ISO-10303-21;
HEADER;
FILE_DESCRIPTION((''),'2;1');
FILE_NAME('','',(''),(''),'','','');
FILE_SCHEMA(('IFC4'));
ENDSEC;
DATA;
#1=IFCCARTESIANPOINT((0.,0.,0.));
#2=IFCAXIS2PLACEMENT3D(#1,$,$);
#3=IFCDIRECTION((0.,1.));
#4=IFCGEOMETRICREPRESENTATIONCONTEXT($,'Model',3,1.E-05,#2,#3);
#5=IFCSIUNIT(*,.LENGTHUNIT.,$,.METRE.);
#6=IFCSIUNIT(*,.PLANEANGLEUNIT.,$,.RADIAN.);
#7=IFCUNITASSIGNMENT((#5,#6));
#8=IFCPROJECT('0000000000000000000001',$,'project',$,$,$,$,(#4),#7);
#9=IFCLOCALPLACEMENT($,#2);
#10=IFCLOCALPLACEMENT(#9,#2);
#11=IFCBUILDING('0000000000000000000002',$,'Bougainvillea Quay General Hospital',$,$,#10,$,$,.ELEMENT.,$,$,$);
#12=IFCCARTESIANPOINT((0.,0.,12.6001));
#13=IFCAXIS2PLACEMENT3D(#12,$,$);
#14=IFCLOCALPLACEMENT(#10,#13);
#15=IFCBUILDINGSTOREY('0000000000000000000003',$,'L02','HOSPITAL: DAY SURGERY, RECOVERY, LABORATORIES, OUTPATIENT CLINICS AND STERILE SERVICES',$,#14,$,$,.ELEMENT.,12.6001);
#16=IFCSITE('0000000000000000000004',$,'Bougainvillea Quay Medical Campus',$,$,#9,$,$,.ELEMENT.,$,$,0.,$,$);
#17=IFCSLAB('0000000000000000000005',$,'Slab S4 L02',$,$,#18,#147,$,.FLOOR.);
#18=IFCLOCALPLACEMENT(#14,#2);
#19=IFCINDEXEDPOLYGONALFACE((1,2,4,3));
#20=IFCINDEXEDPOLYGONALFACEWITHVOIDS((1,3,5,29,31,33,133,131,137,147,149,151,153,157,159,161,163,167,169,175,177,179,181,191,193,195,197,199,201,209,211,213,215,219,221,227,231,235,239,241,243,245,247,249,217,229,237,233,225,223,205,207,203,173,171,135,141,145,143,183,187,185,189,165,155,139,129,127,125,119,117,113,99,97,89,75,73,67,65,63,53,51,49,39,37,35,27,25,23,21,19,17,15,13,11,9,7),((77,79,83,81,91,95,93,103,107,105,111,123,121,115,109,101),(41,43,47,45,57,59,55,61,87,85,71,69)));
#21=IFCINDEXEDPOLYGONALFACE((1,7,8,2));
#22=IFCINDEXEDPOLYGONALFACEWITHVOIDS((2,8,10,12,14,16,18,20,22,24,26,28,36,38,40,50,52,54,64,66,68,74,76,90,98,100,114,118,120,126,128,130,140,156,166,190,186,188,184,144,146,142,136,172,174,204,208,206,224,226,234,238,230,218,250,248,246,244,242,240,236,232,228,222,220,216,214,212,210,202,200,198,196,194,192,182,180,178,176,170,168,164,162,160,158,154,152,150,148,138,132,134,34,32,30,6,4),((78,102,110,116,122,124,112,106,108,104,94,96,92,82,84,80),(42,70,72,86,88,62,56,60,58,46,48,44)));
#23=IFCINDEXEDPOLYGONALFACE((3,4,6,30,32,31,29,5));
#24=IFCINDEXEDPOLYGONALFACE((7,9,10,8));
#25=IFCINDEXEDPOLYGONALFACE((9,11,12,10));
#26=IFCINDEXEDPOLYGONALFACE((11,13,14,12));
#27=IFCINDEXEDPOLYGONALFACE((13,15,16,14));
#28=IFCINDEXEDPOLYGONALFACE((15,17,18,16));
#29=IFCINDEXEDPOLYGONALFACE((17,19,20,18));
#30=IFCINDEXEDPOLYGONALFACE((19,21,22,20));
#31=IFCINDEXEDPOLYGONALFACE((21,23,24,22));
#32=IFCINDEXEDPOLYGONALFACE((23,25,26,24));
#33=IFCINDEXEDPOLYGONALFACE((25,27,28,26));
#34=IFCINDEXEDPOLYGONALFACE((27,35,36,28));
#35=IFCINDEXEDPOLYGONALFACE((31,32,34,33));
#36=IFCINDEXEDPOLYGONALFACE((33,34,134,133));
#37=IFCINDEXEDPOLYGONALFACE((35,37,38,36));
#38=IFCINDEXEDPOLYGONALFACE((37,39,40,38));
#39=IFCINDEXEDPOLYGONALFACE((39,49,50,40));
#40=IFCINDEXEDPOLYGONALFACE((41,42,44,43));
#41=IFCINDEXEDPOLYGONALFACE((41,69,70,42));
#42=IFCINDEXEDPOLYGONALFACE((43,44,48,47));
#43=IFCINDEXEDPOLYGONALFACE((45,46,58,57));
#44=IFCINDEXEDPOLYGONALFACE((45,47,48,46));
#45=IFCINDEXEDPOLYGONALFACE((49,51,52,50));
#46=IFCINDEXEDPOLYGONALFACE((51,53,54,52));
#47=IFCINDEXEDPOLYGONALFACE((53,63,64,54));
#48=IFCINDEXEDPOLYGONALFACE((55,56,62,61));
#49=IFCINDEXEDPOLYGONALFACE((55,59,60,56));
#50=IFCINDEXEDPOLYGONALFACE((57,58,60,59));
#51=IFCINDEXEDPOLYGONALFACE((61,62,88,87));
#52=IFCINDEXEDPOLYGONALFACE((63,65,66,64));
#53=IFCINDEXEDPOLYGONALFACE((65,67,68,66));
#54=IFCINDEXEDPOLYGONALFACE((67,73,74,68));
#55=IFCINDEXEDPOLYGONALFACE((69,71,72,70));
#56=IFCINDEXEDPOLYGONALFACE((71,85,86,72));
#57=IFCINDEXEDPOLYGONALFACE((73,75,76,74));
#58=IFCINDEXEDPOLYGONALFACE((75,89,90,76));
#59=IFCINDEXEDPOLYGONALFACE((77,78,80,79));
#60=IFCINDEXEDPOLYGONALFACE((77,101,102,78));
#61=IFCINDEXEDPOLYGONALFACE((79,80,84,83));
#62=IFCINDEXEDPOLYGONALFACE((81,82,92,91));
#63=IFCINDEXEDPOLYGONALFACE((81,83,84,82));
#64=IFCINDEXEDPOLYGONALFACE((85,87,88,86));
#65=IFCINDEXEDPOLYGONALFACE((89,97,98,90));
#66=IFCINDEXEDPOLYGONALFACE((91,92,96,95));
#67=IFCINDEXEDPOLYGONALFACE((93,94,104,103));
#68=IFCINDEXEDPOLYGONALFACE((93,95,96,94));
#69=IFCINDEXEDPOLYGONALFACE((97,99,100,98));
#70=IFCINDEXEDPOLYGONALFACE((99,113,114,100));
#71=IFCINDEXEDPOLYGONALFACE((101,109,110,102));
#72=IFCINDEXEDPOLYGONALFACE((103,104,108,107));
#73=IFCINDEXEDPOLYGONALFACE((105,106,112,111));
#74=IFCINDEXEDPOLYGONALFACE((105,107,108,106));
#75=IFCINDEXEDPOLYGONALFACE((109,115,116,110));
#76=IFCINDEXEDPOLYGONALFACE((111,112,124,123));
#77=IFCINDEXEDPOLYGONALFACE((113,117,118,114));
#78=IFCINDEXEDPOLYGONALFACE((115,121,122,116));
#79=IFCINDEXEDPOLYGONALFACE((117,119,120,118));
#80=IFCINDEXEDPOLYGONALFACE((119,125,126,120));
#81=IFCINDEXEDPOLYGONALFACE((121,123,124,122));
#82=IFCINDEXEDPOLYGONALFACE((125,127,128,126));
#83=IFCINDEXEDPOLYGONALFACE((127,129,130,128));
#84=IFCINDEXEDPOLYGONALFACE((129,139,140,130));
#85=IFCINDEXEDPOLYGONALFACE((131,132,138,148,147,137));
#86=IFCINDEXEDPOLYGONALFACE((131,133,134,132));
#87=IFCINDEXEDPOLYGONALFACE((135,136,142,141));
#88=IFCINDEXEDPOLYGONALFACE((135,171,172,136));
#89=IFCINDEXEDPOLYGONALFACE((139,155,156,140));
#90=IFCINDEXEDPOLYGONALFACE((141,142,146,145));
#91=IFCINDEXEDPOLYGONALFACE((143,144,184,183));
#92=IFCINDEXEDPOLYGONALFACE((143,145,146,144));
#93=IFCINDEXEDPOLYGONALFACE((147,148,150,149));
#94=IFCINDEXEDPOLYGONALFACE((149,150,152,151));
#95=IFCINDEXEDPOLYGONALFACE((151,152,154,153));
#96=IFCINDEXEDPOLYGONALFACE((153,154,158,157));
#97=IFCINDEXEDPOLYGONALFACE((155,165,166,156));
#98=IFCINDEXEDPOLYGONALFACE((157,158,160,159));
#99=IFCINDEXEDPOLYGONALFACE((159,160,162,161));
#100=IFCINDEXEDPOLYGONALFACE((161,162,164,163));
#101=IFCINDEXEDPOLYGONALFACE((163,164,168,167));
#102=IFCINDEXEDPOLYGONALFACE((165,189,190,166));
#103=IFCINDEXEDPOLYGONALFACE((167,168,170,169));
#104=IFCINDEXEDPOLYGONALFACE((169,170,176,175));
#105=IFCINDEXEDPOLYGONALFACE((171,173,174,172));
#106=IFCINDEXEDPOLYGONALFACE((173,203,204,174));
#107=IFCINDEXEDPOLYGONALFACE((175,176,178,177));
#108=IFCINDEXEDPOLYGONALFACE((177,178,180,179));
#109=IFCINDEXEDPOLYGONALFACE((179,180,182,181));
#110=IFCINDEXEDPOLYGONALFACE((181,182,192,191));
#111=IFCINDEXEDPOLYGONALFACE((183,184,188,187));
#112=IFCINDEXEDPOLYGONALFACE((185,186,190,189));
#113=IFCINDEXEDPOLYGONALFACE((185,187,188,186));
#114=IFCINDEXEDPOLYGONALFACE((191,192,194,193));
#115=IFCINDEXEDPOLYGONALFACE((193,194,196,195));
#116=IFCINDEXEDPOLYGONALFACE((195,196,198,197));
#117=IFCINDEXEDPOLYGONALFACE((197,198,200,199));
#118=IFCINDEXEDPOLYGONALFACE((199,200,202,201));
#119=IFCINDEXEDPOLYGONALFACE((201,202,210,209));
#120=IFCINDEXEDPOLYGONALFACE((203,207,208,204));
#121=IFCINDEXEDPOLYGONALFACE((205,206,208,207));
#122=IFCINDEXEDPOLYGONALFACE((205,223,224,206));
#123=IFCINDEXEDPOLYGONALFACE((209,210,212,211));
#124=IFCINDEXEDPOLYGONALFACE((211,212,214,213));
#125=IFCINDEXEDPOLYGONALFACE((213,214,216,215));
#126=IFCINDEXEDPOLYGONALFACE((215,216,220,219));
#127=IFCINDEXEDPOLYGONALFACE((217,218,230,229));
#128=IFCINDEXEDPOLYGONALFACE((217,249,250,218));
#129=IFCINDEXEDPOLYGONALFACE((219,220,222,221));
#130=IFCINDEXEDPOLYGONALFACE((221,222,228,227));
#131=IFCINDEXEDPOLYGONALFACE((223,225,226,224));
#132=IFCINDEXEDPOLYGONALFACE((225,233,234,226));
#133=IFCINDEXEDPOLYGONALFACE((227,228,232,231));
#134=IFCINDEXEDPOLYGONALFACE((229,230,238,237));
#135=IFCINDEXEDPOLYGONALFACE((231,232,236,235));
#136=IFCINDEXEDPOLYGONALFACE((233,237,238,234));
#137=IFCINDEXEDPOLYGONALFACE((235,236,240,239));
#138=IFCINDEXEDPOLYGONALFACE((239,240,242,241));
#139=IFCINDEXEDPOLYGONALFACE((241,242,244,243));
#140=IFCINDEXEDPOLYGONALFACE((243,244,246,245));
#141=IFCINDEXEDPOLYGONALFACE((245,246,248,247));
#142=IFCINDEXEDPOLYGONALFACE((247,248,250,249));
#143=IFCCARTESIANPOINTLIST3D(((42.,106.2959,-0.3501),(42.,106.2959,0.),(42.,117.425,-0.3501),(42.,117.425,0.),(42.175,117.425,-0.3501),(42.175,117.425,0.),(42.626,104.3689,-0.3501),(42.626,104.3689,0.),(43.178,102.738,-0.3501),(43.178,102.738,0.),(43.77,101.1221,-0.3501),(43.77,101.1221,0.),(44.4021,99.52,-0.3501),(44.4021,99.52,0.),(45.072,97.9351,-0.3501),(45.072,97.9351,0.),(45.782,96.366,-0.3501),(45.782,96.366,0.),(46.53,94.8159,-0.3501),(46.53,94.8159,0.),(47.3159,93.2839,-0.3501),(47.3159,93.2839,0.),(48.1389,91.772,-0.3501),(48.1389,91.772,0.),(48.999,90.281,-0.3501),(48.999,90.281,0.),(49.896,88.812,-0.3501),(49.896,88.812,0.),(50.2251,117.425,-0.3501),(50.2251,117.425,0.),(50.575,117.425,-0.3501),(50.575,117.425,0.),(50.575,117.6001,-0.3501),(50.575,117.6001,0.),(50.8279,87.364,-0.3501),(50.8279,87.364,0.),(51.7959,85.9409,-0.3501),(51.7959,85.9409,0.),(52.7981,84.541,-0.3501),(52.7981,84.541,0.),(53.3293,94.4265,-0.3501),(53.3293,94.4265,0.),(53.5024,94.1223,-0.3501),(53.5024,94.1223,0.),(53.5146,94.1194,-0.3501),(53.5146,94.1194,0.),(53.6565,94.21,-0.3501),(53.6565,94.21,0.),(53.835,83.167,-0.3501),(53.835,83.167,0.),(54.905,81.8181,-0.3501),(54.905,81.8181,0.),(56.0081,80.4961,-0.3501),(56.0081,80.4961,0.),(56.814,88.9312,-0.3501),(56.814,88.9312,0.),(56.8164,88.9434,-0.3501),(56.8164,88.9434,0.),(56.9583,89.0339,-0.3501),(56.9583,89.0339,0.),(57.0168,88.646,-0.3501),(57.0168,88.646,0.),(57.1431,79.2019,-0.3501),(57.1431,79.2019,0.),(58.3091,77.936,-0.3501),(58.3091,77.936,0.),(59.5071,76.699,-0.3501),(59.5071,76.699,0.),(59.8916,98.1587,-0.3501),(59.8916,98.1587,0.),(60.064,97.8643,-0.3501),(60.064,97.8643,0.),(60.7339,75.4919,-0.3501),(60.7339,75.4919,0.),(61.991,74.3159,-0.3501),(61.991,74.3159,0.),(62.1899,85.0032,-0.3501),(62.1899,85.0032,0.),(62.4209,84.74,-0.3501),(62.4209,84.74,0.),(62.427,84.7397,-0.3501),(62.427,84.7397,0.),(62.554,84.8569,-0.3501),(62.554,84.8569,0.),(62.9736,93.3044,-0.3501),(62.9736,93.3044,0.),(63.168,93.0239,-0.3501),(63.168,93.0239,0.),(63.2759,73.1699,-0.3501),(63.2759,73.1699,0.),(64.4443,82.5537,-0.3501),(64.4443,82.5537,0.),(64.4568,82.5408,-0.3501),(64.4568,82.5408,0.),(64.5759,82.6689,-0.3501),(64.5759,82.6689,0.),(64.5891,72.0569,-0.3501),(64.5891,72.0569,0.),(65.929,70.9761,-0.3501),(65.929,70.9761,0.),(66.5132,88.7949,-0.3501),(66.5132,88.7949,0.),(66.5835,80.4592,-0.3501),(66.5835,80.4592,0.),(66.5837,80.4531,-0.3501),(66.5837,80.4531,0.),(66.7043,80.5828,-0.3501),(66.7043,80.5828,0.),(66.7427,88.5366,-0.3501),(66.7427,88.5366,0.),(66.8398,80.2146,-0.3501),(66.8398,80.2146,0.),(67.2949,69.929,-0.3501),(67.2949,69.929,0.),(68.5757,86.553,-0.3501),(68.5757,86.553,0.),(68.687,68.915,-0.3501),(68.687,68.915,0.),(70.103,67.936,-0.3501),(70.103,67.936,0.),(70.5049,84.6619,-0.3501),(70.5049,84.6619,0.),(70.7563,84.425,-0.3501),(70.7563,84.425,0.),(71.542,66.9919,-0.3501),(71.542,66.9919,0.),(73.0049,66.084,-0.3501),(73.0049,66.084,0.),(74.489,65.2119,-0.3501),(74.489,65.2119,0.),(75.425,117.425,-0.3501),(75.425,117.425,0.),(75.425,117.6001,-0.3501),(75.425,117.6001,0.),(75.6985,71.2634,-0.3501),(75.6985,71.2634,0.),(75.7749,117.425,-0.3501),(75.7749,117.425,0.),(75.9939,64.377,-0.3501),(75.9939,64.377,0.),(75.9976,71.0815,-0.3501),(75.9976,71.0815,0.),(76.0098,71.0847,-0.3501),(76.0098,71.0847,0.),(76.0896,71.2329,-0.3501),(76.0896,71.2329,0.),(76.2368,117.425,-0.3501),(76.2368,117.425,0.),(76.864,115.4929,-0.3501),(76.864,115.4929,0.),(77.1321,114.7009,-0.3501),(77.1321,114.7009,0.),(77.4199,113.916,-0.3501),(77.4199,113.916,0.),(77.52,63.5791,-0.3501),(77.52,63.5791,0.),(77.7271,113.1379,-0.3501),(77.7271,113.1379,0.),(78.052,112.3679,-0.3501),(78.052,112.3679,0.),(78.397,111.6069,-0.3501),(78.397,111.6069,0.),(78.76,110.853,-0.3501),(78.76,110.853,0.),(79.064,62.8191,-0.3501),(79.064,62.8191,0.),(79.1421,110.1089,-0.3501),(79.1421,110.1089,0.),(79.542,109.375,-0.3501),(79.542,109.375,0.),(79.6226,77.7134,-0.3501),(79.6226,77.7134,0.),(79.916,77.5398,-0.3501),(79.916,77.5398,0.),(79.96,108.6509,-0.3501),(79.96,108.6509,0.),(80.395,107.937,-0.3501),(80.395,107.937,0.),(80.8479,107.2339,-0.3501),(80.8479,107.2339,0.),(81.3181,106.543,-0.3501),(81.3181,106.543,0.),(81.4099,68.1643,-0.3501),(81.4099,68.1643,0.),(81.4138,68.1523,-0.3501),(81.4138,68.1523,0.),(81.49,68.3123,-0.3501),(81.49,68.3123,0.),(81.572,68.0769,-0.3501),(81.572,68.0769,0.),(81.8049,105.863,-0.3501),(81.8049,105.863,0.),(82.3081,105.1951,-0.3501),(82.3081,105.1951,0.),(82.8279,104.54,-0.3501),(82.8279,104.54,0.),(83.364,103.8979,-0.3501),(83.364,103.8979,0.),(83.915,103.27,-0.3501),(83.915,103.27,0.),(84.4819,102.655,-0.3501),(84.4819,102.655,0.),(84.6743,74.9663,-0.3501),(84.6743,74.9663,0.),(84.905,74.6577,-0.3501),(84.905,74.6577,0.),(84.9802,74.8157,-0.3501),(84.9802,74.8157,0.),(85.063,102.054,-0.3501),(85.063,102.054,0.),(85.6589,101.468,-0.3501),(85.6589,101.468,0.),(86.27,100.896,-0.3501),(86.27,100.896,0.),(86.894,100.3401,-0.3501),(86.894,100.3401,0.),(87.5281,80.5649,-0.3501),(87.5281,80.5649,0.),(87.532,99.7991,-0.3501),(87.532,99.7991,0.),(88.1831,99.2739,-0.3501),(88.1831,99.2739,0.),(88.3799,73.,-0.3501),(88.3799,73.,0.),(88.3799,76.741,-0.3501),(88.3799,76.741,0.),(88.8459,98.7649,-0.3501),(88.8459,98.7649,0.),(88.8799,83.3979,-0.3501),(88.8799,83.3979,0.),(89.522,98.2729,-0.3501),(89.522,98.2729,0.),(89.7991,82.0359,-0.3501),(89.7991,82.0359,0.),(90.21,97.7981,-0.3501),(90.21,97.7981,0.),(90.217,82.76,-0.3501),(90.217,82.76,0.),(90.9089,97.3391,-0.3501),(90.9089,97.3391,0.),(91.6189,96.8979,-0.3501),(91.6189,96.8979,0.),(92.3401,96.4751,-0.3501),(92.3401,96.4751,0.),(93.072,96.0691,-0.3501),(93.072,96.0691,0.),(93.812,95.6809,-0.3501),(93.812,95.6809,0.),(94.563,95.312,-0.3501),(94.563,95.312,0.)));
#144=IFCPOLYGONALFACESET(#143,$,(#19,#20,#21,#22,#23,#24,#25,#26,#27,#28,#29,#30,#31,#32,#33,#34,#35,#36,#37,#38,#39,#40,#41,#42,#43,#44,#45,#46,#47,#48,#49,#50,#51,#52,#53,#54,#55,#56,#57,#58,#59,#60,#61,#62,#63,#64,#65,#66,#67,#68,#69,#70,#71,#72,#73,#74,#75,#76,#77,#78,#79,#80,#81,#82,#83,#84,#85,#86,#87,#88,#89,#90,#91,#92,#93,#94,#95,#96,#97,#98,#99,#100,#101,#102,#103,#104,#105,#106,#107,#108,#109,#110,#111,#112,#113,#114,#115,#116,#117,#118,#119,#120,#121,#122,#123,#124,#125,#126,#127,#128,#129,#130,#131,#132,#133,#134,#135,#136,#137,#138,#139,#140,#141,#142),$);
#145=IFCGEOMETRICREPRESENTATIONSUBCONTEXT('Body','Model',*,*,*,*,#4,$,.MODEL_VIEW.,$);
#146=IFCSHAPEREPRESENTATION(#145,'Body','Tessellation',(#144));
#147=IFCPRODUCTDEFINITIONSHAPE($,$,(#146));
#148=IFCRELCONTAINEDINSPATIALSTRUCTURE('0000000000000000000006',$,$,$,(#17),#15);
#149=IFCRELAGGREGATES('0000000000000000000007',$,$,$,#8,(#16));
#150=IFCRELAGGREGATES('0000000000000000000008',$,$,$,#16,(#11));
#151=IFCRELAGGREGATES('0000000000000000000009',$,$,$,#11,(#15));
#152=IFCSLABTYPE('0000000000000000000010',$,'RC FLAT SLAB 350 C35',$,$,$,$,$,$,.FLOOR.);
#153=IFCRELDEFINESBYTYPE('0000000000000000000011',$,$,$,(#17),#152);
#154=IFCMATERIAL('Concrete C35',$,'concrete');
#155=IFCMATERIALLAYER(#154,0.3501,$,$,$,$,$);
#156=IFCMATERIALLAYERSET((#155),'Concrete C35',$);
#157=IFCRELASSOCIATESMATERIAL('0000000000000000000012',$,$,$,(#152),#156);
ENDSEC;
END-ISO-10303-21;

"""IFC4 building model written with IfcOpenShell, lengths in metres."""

from ifc_helpers import new_model, si_unit, direction, frame, origin, place, context, subcontext, project, spatial, polyline, outline, extrude, material, layer, layer_set, type_object, element, save


model = new_model("IFC4")

# Units and contexts
model_context = context("Model", 3, precision=1e-05, world=origin(), true_north=direction((0.0, 1.0)))
body_context = subcontext(model_context, "Body", "Model", "MODEL_VIEW")
ifc_project = project(units=[si_unit("LENGTHUNIT", "METRE"), si_unit("PLANEANGLEUNIT", "RADIAN")], contexts=[model_context])

# Site, building, storey
site_placement = place(None, origin())
site = spatial("IfcSite", under=ifc_project, at=site_placement, Name="Bougainvillea Quay Medical Campus", CompositionType="ELEMENT", RefElevation=0.0)
building_placement = place(site_placement, origin())
building = spatial("IfcBuilding", under=site, at=building_placement, Name="Bougainvillea Quay General Hospital", CompositionType="ELEMENT")
storey_placement = place(building_placement, frame((0.0, 0.0, 12.6001)))
storey = spatial("IfcBuildingStorey", under=building, at=storey_placement, Name="L02", Description="HOSPITAL: DAY SURGERY, RECOVERY, LABORATORIES, OUTPATIENT CLINICS AND STERILE SERVICES", CompositionType="ELEMENT", Elevation=12.6001)

# Slab
ifc_material_1 = material(Name="Concrete C35", Category="concrete")
ifc_layer_1 = layer(ifc_material_1, 0.3501)
ifc_layer_set_1 = layer_set([ifc_layer_1], Name="Concrete C35")
slab_type_1 = type_object("IfcSlabType", Name="RC FLAT SLAB 350 C35", PredefinedType="FLOOR", material=ifc_layer_set_1)
slab_1_placement = place(storey_placement, frame((0.0, 0.0, -0.3501)))
element("IfcSlab", 1, at=slab_1_placement, inside=storey, type_object=slab_type_1, Name="Slab S4 L02", PredefinedType="FLOOR", context=body_context, shape_type="SweptSolid", body=[
    extrude(outline(polyline([(68.687, 68.915), (70.103, 67.936), (71.542, 66.9919), (73.0049, 66.084), (74.489, 65.2119), (75.9939, 64.377), (77.52, 63.5791), (79.064, 62.8191), (81.572, 68.0769), (81.4138, 68.1523), (81.49, 68.3123), (81.4099, 68.1643), (76.0098, 71.0847), (76.0896, 71.2329), (75.9976, 71.0815), (75.6985, 71.2634), (79.6226, 77.7134), (79.916, 77.5398), (84.6743, 74.9663), (84.9802, 74.8157), (84.905, 74.6577), (88.3799, 73.0), (88.3799, 76.741), (89.7991, 82.0359), (90.217, 82.76), (88.8799, 83.3979), (87.5281, 80.5649), (94.563, 95.312), (93.812, 95.6809), (93.072, 96.0691), (92.3401, 96.4751), (91.6189, 96.8979), (90.9089, 97.3391), (90.21, 97.7981), (89.522, 98.2729), (88.8459, 98.7649), (88.1831, 99.2739), (87.532, 99.7991), (86.894, 100.3401), (86.27, 100.896), (85.6589, 101.468), (85.063, 102.054), (84.4819, 102.655), (83.915, 103.27), (83.364, 103.8979), (82.8279, 104.54), (82.3081, 105.1951), (81.8049, 105.863), (81.3181, 106.543), (80.8479, 107.2339), (80.395, 107.937), (79.96, 108.6509), (79.542, 109.375), (79.1421, 110.1089), (78.76, 110.853), (78.397, 111.6069), (78.052, 112.3679), (77.7271, 113.1379), (77.4199, 113.916), (77.1321, 114.7009), (76.864, 115.4929), (76.2368, 117.425), (75.7749, 117.425), (75.425, 117.425), (75.425, 117.6001), (50.575, 117.6001), (50.575, 117.425), (50.2251, 117.425), (42.175, 117.425), (42.0, 117.425), (42.0, 106.2959), (42.626, 104.3689), (43.178, 102.738), (43.77, 101.1221), (44.4021, 99.52), (45.072, 97.9351), (45.782, 96.366), (46.53, 94.8159), (47.3159, 93.2839), (48.1389, 91.772), (48.999, 90.281), (49.896, 88.812), (50.8279, 87.364), (51.7959, 85.9409), (52.7981, 84.541), (53.835, 83.167), (54.905, 81.8181), (56.0081, 80.4961), (57.1431, 79.2019), (58.3091, 77.936), (59.5071, 76.699), (60.7339, 75.4919), (61.991, 74.3159), (63.2759, 73.1699), (64.5891, 72.0569), (65.929, 70.9761), (67.2949, 69.929), (68.687, 68.915)]), holes=[polyline([(62.554, 84.8569), (62.4209, 84.74), (62.1899, 85.0032), (66.5132, 88.7949), (66.7427, 88.5366), (68.5757, 86.553), (70.5049, 84.6619), (70.7563, 84.425), (66.8398, 80.2146), (66.5837, 80.4531), (66.7043, 80.5828), (66.5835, 80.4592), (64.4568, 82.5408), (64.5759, 82.6689), (64.4443, 82.5537), (62.427, 84.7397), (62.554, 84.8569)]), polyline([(53.6565, 94.21), (53.5024, 94.1223), (53.3293, 94.4265), (59.8916, 98.1587), (60.064, 97.8643), (62.9736, 93.3044), (63.168, 93.0239), (57.0168, 88.646), (56.814, 88.9312), (56.9583, 89.0339), (56.8164, 88.9434), (53.5146, 94.1194), (53.6565, 94.21)])]), origin(), (0.0, 0.0, 1.0), 0.3501),
])

save(model, "model.ifc")
